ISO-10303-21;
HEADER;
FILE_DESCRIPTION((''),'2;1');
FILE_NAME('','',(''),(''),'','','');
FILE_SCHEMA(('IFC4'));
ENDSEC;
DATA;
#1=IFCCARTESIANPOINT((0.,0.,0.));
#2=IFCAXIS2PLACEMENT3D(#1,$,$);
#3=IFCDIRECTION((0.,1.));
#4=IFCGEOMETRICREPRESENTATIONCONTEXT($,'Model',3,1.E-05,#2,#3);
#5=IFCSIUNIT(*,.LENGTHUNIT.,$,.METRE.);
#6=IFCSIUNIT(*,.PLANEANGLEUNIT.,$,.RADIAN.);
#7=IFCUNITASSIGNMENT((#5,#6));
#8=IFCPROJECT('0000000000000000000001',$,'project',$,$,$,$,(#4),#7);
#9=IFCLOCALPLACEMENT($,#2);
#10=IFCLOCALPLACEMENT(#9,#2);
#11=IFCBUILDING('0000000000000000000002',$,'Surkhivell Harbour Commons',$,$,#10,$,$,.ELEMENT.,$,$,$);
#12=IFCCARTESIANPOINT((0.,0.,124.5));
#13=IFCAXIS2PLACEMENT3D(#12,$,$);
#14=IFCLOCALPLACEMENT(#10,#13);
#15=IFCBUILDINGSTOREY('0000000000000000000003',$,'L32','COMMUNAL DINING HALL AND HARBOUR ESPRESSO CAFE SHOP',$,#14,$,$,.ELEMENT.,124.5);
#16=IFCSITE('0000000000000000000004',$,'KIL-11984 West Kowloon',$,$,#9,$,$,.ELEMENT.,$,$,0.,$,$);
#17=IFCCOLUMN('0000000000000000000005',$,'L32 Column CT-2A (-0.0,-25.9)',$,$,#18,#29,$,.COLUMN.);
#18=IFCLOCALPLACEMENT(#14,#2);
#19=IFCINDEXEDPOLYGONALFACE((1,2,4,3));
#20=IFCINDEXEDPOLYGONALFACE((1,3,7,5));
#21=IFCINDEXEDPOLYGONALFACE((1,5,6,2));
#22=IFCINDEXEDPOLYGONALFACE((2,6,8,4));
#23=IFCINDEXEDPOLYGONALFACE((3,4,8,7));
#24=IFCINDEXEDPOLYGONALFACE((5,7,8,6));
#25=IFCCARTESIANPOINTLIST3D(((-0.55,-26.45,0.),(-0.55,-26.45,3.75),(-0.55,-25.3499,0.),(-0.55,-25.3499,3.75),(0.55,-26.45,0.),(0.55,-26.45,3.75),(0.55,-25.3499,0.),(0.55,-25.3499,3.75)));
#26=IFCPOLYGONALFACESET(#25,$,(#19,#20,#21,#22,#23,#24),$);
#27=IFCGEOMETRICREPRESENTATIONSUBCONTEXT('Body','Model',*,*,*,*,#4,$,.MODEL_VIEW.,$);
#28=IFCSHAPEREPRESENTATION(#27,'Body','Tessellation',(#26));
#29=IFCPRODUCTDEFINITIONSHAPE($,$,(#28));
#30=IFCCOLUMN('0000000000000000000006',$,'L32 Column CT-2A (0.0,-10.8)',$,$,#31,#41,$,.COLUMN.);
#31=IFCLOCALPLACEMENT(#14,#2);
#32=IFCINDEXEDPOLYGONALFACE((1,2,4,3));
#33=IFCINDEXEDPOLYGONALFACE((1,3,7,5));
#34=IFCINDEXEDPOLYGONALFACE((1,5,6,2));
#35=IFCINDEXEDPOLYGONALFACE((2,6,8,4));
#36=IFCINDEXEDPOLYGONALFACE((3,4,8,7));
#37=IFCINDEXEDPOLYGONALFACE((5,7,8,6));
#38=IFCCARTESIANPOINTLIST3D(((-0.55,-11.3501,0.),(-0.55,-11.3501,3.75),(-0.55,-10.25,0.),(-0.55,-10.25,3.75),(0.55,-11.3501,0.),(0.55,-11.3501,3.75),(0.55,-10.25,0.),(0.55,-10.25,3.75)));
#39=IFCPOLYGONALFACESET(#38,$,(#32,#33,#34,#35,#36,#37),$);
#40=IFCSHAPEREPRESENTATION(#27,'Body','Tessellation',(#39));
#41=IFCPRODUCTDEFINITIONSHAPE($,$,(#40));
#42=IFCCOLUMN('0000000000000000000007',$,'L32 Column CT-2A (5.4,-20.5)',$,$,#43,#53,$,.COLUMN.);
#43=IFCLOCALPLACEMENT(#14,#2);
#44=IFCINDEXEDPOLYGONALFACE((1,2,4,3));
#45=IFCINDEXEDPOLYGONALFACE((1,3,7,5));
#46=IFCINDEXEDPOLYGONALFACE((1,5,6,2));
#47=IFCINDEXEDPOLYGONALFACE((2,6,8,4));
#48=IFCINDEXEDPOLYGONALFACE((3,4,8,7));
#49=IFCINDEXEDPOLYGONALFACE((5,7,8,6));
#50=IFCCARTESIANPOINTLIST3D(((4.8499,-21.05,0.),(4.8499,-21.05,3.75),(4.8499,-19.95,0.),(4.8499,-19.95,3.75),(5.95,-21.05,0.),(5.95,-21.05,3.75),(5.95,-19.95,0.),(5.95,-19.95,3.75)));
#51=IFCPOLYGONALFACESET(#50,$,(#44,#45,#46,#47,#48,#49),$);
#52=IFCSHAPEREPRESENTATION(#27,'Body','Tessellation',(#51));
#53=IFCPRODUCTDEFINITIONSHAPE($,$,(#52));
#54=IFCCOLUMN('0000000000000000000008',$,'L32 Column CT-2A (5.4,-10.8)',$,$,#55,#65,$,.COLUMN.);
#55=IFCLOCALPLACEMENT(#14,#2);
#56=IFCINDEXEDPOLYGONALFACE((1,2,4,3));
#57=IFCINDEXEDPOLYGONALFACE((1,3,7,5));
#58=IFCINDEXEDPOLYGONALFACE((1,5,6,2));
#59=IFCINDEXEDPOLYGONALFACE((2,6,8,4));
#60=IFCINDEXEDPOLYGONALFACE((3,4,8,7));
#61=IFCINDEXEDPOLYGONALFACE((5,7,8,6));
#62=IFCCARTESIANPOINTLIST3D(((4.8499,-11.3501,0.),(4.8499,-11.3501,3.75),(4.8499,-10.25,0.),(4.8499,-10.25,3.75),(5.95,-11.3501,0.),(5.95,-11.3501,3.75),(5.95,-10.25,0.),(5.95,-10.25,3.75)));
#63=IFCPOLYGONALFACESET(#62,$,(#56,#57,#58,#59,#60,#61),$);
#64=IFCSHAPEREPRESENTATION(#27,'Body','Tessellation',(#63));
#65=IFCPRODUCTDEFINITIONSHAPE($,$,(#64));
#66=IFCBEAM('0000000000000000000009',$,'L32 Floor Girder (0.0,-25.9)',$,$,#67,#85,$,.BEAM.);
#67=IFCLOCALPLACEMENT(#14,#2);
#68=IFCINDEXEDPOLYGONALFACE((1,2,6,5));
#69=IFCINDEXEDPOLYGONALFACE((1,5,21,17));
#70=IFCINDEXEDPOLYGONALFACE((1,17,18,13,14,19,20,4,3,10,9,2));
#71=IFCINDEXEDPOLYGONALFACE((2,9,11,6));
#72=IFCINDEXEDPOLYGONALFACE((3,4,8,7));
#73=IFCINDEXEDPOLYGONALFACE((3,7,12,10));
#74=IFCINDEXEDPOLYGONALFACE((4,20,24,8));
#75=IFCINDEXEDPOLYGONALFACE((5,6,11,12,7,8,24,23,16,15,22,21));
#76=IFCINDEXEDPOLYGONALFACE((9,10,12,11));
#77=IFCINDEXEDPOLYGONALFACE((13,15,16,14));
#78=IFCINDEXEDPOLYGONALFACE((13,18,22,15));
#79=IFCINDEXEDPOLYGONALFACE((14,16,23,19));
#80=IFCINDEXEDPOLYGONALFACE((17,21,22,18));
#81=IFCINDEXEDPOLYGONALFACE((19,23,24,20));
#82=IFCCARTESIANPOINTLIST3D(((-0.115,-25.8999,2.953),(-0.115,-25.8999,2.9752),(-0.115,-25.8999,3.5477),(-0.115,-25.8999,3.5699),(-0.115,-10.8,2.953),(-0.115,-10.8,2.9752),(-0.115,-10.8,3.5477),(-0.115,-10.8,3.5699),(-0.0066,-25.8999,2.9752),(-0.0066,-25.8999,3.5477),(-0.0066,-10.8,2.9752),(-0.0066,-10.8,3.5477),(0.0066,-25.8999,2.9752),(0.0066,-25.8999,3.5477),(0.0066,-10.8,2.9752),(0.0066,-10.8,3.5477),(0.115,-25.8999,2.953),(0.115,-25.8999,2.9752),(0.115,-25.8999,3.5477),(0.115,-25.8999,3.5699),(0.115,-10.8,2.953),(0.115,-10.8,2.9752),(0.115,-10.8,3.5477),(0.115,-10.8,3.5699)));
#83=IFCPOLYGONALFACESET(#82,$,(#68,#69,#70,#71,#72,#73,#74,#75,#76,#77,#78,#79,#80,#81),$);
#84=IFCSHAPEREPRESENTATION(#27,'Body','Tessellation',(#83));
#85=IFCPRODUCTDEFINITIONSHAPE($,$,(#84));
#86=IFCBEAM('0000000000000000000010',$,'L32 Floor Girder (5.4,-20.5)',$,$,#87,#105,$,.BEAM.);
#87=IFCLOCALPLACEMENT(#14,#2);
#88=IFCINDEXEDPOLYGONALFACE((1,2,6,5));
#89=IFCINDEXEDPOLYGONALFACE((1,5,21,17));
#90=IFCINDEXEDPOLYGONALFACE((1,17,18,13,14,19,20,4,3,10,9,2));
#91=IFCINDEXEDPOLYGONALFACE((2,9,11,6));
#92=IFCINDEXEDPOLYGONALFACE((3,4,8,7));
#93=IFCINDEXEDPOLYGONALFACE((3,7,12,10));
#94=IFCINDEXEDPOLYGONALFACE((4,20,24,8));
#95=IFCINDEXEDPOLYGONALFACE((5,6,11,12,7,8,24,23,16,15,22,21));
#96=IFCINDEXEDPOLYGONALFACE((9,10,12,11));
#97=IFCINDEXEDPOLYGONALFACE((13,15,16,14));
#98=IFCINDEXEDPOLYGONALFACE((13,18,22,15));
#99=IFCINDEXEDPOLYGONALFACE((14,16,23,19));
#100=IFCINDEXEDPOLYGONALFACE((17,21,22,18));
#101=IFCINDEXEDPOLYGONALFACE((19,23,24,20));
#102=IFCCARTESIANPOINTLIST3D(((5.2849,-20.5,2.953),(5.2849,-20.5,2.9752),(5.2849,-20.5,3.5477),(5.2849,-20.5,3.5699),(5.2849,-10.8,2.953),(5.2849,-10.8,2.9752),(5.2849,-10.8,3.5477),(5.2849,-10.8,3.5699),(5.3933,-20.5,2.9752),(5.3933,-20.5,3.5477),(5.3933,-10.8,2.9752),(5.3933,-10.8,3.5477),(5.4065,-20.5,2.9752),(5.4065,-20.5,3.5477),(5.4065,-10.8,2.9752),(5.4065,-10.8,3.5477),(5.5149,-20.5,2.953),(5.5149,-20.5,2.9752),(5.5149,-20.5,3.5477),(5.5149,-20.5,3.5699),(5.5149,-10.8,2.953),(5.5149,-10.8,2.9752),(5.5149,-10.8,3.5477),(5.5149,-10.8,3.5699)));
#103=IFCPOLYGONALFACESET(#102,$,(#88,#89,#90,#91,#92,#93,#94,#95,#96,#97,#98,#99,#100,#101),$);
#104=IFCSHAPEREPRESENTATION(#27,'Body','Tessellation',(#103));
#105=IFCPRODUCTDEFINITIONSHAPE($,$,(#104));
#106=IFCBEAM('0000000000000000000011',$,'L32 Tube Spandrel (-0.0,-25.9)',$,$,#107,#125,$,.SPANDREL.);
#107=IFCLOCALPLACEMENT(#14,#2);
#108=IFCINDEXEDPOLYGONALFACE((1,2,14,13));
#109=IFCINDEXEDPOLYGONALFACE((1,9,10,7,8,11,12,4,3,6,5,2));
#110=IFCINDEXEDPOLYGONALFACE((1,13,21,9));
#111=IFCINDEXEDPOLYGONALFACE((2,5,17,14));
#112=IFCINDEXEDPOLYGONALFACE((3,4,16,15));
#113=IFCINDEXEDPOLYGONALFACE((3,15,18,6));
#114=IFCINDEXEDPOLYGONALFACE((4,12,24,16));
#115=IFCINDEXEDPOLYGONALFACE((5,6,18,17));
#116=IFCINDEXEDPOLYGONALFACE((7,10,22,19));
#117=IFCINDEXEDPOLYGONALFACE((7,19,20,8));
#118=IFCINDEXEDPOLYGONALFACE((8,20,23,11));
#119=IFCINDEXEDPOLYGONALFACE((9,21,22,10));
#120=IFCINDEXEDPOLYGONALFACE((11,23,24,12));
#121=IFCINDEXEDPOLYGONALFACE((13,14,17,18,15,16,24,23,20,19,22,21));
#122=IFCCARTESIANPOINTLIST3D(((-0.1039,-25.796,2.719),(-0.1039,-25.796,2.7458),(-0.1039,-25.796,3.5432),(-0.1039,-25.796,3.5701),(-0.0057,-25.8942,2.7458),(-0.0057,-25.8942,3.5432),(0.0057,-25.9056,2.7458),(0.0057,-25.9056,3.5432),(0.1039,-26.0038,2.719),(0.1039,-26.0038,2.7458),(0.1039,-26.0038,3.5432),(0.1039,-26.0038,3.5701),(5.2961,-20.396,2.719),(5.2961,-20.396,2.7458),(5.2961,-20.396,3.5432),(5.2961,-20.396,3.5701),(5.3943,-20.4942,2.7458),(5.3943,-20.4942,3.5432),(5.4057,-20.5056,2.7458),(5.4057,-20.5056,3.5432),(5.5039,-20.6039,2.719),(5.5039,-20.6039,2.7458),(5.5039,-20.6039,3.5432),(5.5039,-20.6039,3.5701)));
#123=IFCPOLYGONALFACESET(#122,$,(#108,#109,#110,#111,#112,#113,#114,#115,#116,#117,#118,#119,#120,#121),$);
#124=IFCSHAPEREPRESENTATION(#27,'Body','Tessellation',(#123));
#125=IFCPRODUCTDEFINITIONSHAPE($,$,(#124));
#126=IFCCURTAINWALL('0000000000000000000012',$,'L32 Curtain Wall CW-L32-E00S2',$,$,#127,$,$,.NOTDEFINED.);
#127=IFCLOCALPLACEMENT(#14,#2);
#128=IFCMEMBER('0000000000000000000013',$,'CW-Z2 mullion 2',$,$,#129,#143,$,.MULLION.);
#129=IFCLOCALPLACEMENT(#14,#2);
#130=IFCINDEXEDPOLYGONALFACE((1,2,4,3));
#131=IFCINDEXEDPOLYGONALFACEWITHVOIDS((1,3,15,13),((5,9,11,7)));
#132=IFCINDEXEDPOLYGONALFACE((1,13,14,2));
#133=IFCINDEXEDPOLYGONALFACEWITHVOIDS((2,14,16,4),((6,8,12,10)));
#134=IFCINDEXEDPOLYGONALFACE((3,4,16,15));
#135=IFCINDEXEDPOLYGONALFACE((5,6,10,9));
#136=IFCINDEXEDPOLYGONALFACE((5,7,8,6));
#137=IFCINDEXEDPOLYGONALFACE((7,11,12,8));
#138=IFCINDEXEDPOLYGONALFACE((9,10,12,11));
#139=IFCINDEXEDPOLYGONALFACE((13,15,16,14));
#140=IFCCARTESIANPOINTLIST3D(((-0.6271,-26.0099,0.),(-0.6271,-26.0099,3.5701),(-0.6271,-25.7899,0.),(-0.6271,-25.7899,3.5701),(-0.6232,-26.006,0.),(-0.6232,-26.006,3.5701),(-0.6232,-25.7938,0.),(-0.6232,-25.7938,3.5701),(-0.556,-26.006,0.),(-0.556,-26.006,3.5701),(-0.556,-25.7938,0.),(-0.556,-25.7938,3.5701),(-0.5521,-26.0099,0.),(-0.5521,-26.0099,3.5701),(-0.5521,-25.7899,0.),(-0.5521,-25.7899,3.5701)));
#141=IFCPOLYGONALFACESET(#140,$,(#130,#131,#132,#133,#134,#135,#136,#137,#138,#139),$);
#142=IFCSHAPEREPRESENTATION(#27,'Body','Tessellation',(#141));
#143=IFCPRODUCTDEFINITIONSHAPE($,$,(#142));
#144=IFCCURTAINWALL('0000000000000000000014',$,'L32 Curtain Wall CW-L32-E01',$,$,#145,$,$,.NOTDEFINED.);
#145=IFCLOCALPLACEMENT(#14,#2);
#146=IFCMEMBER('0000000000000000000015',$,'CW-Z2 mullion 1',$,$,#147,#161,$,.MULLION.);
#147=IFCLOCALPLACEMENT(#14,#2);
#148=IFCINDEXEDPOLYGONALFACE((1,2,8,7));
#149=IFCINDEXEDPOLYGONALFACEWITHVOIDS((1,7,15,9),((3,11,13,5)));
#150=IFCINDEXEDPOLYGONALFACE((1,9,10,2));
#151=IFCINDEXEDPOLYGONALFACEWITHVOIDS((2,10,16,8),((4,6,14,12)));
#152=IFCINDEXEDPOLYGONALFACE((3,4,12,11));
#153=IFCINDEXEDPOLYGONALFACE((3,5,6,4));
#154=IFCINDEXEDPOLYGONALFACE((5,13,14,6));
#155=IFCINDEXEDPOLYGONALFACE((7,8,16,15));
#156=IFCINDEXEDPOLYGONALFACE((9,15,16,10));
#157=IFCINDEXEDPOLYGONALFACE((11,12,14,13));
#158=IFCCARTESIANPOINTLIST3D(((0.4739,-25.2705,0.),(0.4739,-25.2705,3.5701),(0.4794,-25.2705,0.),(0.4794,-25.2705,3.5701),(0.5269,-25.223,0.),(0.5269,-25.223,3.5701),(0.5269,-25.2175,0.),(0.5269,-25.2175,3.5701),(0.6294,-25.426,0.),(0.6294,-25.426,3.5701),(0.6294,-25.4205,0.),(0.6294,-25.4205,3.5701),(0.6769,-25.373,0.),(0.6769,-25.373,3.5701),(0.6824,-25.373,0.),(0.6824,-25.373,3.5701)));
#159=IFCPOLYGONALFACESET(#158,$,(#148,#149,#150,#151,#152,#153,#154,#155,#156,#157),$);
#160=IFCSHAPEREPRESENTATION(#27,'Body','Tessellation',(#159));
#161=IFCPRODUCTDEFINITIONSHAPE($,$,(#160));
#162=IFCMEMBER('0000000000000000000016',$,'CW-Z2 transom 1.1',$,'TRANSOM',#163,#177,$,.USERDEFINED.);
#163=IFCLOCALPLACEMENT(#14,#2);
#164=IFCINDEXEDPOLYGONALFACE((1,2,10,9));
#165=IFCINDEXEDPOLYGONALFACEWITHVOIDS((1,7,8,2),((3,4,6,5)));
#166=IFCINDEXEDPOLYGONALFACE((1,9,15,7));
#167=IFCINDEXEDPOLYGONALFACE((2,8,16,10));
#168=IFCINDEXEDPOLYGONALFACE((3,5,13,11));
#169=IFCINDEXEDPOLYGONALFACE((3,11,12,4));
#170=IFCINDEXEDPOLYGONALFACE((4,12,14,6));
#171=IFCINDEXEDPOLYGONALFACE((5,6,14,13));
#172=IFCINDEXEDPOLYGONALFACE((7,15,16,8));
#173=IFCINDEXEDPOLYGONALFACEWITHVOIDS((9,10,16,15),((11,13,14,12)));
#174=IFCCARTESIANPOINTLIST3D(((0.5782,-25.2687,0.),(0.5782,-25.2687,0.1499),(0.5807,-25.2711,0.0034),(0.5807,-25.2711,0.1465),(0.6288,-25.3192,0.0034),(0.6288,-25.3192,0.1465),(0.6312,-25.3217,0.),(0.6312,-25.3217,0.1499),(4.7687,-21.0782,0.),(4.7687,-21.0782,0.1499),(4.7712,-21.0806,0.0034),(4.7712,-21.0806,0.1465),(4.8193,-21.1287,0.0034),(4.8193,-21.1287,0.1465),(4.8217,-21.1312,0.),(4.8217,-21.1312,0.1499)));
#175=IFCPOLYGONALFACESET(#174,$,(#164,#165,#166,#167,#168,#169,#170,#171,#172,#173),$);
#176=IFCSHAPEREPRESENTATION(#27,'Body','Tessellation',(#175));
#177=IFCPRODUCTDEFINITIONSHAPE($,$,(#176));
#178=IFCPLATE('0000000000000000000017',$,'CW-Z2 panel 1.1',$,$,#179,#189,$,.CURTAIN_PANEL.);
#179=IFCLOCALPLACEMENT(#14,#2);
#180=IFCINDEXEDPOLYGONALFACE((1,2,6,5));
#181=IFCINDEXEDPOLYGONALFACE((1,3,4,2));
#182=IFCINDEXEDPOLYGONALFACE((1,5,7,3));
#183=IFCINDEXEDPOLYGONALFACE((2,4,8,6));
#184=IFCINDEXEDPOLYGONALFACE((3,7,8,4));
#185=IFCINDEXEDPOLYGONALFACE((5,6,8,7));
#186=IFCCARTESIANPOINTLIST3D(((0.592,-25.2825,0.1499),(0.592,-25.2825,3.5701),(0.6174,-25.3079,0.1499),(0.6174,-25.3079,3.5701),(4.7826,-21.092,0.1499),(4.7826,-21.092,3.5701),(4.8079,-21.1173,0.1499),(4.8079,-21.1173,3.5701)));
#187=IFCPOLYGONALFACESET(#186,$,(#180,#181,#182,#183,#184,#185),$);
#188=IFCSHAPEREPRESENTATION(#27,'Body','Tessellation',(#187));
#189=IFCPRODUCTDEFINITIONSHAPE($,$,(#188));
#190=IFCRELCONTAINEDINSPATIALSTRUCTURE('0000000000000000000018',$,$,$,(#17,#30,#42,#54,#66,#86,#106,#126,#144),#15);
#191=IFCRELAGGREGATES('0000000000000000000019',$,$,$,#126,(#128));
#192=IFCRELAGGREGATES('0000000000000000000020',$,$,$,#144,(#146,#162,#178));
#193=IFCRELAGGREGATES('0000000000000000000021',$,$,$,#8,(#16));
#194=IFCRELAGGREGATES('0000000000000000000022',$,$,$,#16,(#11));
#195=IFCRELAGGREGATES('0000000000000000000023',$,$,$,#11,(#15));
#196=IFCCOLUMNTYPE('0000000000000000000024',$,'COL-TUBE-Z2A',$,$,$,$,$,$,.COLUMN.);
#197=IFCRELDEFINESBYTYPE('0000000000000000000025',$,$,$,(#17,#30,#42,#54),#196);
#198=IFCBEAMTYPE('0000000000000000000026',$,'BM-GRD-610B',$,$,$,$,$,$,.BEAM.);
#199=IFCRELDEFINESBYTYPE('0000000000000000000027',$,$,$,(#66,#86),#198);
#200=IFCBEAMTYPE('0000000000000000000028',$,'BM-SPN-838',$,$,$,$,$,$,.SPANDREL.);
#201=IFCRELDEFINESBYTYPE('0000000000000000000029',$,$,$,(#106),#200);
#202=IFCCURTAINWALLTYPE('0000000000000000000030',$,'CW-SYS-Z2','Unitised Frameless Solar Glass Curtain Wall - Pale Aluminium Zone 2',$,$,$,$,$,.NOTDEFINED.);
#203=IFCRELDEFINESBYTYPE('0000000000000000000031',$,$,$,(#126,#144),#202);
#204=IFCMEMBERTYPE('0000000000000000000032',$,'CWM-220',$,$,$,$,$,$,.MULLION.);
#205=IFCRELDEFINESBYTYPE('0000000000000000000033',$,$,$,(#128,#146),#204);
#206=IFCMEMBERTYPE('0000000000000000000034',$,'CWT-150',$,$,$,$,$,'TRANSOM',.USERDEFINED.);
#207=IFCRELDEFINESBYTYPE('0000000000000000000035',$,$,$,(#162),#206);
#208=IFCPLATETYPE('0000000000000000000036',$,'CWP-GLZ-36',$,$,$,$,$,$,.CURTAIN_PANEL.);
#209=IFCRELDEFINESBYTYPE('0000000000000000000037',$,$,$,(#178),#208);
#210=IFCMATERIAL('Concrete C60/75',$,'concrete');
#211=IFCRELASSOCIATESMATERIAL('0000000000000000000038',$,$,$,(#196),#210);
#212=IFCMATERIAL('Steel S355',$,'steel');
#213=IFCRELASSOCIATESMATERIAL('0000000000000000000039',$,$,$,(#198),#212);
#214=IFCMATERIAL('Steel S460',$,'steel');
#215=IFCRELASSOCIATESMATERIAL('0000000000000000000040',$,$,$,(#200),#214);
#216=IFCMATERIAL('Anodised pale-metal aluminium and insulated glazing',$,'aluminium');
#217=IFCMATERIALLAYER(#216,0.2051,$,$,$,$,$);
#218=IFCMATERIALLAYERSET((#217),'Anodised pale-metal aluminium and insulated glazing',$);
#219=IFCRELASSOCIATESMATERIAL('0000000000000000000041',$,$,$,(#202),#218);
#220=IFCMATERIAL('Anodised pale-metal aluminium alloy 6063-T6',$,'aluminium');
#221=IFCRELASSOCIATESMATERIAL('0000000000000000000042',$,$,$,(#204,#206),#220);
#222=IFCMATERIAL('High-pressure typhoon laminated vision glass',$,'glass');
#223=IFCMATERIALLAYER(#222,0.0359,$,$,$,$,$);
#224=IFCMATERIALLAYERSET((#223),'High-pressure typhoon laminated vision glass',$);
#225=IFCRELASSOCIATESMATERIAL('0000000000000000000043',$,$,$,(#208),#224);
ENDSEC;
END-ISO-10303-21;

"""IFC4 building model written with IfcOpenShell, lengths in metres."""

from ifc_helpers import new_model, si_unit, direction, frame, frame_2d, origin, origin_2d, place, context, subcontext, project, spatial, rectangle, hollow_rectangle, i_section, extrude, material, layer, layer_set, material_profile, profile_set, type_object, element, aggregate, save


model = new_model("IFC4")

# Units and contexts
model_context = context("Model", 3, precision=1e-05, world=origin(), true_north=direction((0.0, 1.0)))
body_context = subcontext(model_context, "Body", "Model", "MODEL_VIEW")
ifc_project = project(units=[si_unit("LENGTHUNIT", "METRE"), si_unit("PLANEANGLEUNIT", "RADIAN")], contexts=[model_context])

# Site, building, storey
site_placement = place(None, origin())
site = spatial("IfcSite", under=ifc_project, at=site_placement, Name="KIL-11984 West Kowloon", CompositionType="ELEMENT", RefElevation=0.0)
building_placement = place(site_placement, origin())
building = spatial("IfcBuilding", under=site, at=building_placement, Name="Surkhivell Harbour Commons", CompositionType="ELEMENT")
storey_placement = place(building_placement, frame((0.0, 0.0, 124.5)))
storey = spatial("IfcBuildingStorey", under=building, at=storey_placement, Name="L32", Description="COMMUNAL DINING HALL AND HARBOUR ESPRESSO CAFE SHOP", CompositionType="ELEMENT", Elevation=124.5)

# Columns
ifc_material_1 = material(Name="Concrete C60/75", Category="concrete")
ifc_material_profile_1 = material_profile(ifc_material_1, rectangle(XDim=1.1001, YDim=1.1001, at=origin_2d()), Name="RC-COL-1100x1100")
ifc_profile_set_1 = profile_set([ifc_material_profile_1], Name="Concrete C60/75")
column_type = type_object("IfcColumnType", Name="COL-TUBE-Z2A", PredefinedType="COLUMN", material=ifc_profile_set_1)
for number, where, z_axis, x_axis, name in (
    (1, (0.0, -25.8999, 0.0), (0.0, 0.0, 1.0), (1.0, 0.0, 0.0), "L32 Column CT-2A (-0.0,-25.9)"),
    (2, (0.0, -10.8, 0.0), (0.0, 0.0, 1.0), (1.0, 0.0, 0.0), "L32 Column CT-2A (0.0,-10.8)"),
    (3, (5.3999, -20.5, 0.0), (0.0, 0.0, 1.0), (1.0, 0.0, 0.0), "L32 Column CT-2A (5.4,-20.5)"),
    (4, (5.3999, -10.8, 0.0), (0.0, 0.0, 1.0), (1.0, 0.0, 0.0), "L32 Column CT-2A (5.4,-10.8)"),
):
    element("IfcColumn", number, at=place(storey_placement, frame(where, z_axis=z_axis, x_axis=x_axis)), inside=storey, type_object=column_type, Name=name, PredefinedType="COLUMN", context=body_context, shape_type="SweptSolid", body=[
        extrude(rectangle(XDim=1.1001, YDim=1.1001, at=origin_2d()), origin(), (0.0, 0.0, 1.0), 3.75),
    ])

# Beams
ifc_material_2 = material(Name="Steel S355", Category="steel")
ifc_material_profile_2 = material_profile(ifc_material_2, i_section(OverallWidth=0.23, OverallDepth=0.6169, WebThickness=0.0132, FlangeThickness=0.0222, at=origin_2d()), Name="UB610x229x140")
ifc_profile_set_2 = profile_set([ifc_material_profile_2], Name="Steel S355")
beam_type_1 = type_object("IfcBeamType", Name="BM-GRD-610B", PredefinedType="BEAM", material=ifc_profile_set_2)
beam_1_placement = place(storey_placement, frame((0.0, -25.8999, 3.2615), z_axis=(0.0, 1.0, 0.0), x_axis=(-1.0, 0.0, 0.0)))
element("IfcBeam", 5, at=beam_1_placement, inside=storey, type_object=beam_type_1, Name="L32 Floor Girder (0.0,-25.9)", PredefinedType="BEAM", context=body_context, shape_type="SweptSolid", body=[
    extrude(i_section(OverallWidth=0.23, OverallDepth=0.6169, WebThickness=0.0132, FlangeThickness=0.0222, at=origin_2d()), origin(), (0.0, 0.0, 1.0), 15.0999),
])
beam_2_placement = place(storey_placement, frame((5.3999, -20.5, 3.2615), z_axis=(0.0, 1.0, 0.0), x_axis=(-1.0, 0.0, 0.0)))
element("IfcBeam", 6, at=beam_2_placement, inside=storey, type_object=beam_type_1, Name="L32 Floor Girder (5.4,-20.5)", PredefinedType="BEAM", context=body_context, shape_type="SweptSolid", body=[
    extrude(i_section(OverallWidth=0.23, OverallDepth=0.6169, WebThickness=0.0132, FlangeThickness=0.0222, at=origin_2d()), origin(), (0.0, 0.0, 1.0), 9.7),
])
ifc_material_3 = material(Name="Steel S460", Category="steel")
ifc_material_profile_3 = material_profile(ifc_material_3, i_section(OverallWidth=0.2939, OverallDepth=0.8511, WebThickness=0.0161, FlangeThickness=0.0269, at=origin_2d()), Name="UB838x292x226")
ifc_profile_set_3 = profile_set([ifc_material_profile_3], Name="Steel S460")
beam_type_2 = type_object("IfcBeamType", Name="BM-SPN-838", PredefinedType="SPANDREL", material=ifc_profile_set_3)
beam_3_placement = place(storey_placement, frame((0.0, -25.8999, 3.1445), z_axis=(0.707107, 0.707107, 0.0), x_axis=(-0.707107, 0.707107, 0.0)))
element("IfcBeam", 7, at=beam_3_placement, inside=storey, type_object=beam_type_2, Name="L32 Tube Spandrel (-0.0,-25.9)", PredefinedType="SPANDREL", context=body_context, shape_type="SweptSolid", body=[
    extrude(i_section(OverallWidth=0.2939, OverallDepth=0.8511, WebThickness=0.0161, FlangeThickness=0.0269, at=origin_2d()), origin(), (0.0, 0.0, 1.0), 7.6367),
])

# Curtain wall, member
ifc_material_4 = material(Name="Anodised pale-metal aluminium and insulated glazing", Category="aluminium")
ifc_layer_1 = layer(ifc_material_4, 0.2051)
ifc_layer_set_1 = layer_set([ifc_layer_1], Name="Anodised pale-metal aluminium and insulated glazing")
curtain_wall_type = type_object("IfcCurtainWallType", Name="CW-SYS-Z2", Description="Unitised Frameless Solar Glass Curtain Wall - Pale Aluminium Zone 2", PredefinedType="NOTDEFINED", material=ifc_layer_set_1)
curtain_wall_1_placement = place(storey_placement, origin())
curtain_wall_1 = element("IfcCurtainWall", 8, at=curtain_wall_1_placement, inside=storey, type_object=curtain_wall_type, Name="L32 Curtain Wall CW-L32-E00S2", PredefinedType="NOTDEFINED")
ifc_material_5 = material(Name="Anodised pale-metal aluminium alloy 6063-T6", Category="aluminium")
ifc_material_profile_4 = material_profile(ifc_material_5, hollow_rectangle(XDim=0.075, YDim=0.22, WallThickness=0.0039, at=origin_2d()), Name="ALU-MULL-75x220")
ifc_profile_set_4 = profile_set([ifc_material_profile_4], Name="Anodised pale-metal aluminium alloy 6063-T6")
member_type_1 = type_object("IfcMemberType", Name="CWM-220", PredefinedType="MULLION", material=ifc_profile_set_4)
member_1_placement = place(storey_placement, frame((-0.5896, -25.8999, 0.0), z_axis=(0.0, 0.0, 1.0), x_axis=(1.0, 0.0, 0.0)))
member_1 = element("IfcMember", 9, at=member_1_placement, type_object=member_type_1, Name="CW-Z2 mullion 2", PredefinedType="MULLION", context=body_context, shape_type="SweptSolid", body=[
    extrude(hollow_rectangle(XDim=0.075, YDim=0.22, WallThickness=0.0039, at=origin_2d()), origin(), (0.0, 0.0, 1.0), 3.5701),
])
aggregate(curtain_wall_1, [member_1])

# Curtain wall, members, plate
curtain_wall_2_placement = place(storey_placement, origin())
curtain_wall_2 = element("IfcCurtainWall", 10, at=curtain_wall_2_placement, inside=storey, type_object=curtain_wall_type, Name="L32 Curtain Wall CW-L32-E01", PredefinedType="NOTDEFINED")
member_2_placement = place(storey_placement, frame((0.5781, -25.3218, 0.0), z_axis=(0.0, 0.0, 1.0), x_axis=(0.707107, 0.707107, 0.0)))
member_2 = element("IfcMember", 11, at=member_2_placement, type_object=member_type_1, Name="CW-Z2 mullion 1", PredefinedType="MULLION", context=body_context, shape_type="SweptSolid", body=[
    extrude(hollow_rectangle(XDim=0.075, YDim=0.22, WallThickness=0.0039, at=origin_2d()), origin(), (0.0, 0.0, 1.0), 3.5701),
])
ifc_material_profile_5 = material_profile(ifc_material_5, hollow_rectangle(XDim=0.075, YDim=0.1499, WallThickness=0.0034, at=origin_2d()), Name="ALU-TRAN-75x150")
ifc_profile_set_5 = profile_set([ifc_material_profile_5], Name="Anodised pale-metal aluminium alloy 6063-T6")
member_type_2 = type_object("IfcMemberType", Name="CWT-150", ElementType="TRANSOM", PredefinedType="USERDEFINED", material=ifc_profile_set_5)
member_3_placement = place(storey_placement, frame((0.6047, -25.2952, 0.075), z_axis=(0.707107, 0.707107, 0.0), x_axis=(-0.707107, 0.707107, 0.0)))
member_3 = element("IfcMember", 12, at=member_3_placement, type_object=member_type_2, Name="CW-Z2 transom 1.1", ObjectType="TRANSOM", PredefinedType="USERDEFINED", context=body_context, shape_type="SweptSolid", body=[
    extrude(hollow_rectangle(XDim=0.075, YDim=0.1499, WallThickness=0.0034, at=origin_2d()), origin(), (0.0, 0.0, 1.0), 5.9263),
])
ifc_material_6 = material(Name="High-pressure typhoon laminated vision glass", Category="glass")
ifc_layer_2 = layer(ifc_material_6, 0.0359)
ifc_layer_set_2 = layer_set([ifc_layer_2], Name="High-pressure typhoon laminated vision glass")
plate_type = type_object("IfcPlateType", Name="CWP-GLZ-36", PredefinedType="CURTAIN_PANEL", material=ifc_layer_set_2)
plate_placement = place(storey_placement, frame((0.6047, -25.2952, 0.1499), z_axis=(0.0, 0.0, 1.0), x_axis=(0.707107, 0.707107, 0.0)))
plate = element("IfcPlate", 13, at=plate_placement, type_object=plate_type, Name="CW-Z2 panel 1.1", PredefinedType="CURTAIN_PANEL", context=body_context, shape_type="SweptSolid", body=[
    extrude(rectangle(XDim=5.9263, YDim=0.0359, at=frame_2d((2.9631, 0.0))), origin(), (0.0, 0.0, 1.0), 3.4202),
])
aggregate(curtain_wall_2, [member_2, member_3, plate])

save(model, "model.ifc")
